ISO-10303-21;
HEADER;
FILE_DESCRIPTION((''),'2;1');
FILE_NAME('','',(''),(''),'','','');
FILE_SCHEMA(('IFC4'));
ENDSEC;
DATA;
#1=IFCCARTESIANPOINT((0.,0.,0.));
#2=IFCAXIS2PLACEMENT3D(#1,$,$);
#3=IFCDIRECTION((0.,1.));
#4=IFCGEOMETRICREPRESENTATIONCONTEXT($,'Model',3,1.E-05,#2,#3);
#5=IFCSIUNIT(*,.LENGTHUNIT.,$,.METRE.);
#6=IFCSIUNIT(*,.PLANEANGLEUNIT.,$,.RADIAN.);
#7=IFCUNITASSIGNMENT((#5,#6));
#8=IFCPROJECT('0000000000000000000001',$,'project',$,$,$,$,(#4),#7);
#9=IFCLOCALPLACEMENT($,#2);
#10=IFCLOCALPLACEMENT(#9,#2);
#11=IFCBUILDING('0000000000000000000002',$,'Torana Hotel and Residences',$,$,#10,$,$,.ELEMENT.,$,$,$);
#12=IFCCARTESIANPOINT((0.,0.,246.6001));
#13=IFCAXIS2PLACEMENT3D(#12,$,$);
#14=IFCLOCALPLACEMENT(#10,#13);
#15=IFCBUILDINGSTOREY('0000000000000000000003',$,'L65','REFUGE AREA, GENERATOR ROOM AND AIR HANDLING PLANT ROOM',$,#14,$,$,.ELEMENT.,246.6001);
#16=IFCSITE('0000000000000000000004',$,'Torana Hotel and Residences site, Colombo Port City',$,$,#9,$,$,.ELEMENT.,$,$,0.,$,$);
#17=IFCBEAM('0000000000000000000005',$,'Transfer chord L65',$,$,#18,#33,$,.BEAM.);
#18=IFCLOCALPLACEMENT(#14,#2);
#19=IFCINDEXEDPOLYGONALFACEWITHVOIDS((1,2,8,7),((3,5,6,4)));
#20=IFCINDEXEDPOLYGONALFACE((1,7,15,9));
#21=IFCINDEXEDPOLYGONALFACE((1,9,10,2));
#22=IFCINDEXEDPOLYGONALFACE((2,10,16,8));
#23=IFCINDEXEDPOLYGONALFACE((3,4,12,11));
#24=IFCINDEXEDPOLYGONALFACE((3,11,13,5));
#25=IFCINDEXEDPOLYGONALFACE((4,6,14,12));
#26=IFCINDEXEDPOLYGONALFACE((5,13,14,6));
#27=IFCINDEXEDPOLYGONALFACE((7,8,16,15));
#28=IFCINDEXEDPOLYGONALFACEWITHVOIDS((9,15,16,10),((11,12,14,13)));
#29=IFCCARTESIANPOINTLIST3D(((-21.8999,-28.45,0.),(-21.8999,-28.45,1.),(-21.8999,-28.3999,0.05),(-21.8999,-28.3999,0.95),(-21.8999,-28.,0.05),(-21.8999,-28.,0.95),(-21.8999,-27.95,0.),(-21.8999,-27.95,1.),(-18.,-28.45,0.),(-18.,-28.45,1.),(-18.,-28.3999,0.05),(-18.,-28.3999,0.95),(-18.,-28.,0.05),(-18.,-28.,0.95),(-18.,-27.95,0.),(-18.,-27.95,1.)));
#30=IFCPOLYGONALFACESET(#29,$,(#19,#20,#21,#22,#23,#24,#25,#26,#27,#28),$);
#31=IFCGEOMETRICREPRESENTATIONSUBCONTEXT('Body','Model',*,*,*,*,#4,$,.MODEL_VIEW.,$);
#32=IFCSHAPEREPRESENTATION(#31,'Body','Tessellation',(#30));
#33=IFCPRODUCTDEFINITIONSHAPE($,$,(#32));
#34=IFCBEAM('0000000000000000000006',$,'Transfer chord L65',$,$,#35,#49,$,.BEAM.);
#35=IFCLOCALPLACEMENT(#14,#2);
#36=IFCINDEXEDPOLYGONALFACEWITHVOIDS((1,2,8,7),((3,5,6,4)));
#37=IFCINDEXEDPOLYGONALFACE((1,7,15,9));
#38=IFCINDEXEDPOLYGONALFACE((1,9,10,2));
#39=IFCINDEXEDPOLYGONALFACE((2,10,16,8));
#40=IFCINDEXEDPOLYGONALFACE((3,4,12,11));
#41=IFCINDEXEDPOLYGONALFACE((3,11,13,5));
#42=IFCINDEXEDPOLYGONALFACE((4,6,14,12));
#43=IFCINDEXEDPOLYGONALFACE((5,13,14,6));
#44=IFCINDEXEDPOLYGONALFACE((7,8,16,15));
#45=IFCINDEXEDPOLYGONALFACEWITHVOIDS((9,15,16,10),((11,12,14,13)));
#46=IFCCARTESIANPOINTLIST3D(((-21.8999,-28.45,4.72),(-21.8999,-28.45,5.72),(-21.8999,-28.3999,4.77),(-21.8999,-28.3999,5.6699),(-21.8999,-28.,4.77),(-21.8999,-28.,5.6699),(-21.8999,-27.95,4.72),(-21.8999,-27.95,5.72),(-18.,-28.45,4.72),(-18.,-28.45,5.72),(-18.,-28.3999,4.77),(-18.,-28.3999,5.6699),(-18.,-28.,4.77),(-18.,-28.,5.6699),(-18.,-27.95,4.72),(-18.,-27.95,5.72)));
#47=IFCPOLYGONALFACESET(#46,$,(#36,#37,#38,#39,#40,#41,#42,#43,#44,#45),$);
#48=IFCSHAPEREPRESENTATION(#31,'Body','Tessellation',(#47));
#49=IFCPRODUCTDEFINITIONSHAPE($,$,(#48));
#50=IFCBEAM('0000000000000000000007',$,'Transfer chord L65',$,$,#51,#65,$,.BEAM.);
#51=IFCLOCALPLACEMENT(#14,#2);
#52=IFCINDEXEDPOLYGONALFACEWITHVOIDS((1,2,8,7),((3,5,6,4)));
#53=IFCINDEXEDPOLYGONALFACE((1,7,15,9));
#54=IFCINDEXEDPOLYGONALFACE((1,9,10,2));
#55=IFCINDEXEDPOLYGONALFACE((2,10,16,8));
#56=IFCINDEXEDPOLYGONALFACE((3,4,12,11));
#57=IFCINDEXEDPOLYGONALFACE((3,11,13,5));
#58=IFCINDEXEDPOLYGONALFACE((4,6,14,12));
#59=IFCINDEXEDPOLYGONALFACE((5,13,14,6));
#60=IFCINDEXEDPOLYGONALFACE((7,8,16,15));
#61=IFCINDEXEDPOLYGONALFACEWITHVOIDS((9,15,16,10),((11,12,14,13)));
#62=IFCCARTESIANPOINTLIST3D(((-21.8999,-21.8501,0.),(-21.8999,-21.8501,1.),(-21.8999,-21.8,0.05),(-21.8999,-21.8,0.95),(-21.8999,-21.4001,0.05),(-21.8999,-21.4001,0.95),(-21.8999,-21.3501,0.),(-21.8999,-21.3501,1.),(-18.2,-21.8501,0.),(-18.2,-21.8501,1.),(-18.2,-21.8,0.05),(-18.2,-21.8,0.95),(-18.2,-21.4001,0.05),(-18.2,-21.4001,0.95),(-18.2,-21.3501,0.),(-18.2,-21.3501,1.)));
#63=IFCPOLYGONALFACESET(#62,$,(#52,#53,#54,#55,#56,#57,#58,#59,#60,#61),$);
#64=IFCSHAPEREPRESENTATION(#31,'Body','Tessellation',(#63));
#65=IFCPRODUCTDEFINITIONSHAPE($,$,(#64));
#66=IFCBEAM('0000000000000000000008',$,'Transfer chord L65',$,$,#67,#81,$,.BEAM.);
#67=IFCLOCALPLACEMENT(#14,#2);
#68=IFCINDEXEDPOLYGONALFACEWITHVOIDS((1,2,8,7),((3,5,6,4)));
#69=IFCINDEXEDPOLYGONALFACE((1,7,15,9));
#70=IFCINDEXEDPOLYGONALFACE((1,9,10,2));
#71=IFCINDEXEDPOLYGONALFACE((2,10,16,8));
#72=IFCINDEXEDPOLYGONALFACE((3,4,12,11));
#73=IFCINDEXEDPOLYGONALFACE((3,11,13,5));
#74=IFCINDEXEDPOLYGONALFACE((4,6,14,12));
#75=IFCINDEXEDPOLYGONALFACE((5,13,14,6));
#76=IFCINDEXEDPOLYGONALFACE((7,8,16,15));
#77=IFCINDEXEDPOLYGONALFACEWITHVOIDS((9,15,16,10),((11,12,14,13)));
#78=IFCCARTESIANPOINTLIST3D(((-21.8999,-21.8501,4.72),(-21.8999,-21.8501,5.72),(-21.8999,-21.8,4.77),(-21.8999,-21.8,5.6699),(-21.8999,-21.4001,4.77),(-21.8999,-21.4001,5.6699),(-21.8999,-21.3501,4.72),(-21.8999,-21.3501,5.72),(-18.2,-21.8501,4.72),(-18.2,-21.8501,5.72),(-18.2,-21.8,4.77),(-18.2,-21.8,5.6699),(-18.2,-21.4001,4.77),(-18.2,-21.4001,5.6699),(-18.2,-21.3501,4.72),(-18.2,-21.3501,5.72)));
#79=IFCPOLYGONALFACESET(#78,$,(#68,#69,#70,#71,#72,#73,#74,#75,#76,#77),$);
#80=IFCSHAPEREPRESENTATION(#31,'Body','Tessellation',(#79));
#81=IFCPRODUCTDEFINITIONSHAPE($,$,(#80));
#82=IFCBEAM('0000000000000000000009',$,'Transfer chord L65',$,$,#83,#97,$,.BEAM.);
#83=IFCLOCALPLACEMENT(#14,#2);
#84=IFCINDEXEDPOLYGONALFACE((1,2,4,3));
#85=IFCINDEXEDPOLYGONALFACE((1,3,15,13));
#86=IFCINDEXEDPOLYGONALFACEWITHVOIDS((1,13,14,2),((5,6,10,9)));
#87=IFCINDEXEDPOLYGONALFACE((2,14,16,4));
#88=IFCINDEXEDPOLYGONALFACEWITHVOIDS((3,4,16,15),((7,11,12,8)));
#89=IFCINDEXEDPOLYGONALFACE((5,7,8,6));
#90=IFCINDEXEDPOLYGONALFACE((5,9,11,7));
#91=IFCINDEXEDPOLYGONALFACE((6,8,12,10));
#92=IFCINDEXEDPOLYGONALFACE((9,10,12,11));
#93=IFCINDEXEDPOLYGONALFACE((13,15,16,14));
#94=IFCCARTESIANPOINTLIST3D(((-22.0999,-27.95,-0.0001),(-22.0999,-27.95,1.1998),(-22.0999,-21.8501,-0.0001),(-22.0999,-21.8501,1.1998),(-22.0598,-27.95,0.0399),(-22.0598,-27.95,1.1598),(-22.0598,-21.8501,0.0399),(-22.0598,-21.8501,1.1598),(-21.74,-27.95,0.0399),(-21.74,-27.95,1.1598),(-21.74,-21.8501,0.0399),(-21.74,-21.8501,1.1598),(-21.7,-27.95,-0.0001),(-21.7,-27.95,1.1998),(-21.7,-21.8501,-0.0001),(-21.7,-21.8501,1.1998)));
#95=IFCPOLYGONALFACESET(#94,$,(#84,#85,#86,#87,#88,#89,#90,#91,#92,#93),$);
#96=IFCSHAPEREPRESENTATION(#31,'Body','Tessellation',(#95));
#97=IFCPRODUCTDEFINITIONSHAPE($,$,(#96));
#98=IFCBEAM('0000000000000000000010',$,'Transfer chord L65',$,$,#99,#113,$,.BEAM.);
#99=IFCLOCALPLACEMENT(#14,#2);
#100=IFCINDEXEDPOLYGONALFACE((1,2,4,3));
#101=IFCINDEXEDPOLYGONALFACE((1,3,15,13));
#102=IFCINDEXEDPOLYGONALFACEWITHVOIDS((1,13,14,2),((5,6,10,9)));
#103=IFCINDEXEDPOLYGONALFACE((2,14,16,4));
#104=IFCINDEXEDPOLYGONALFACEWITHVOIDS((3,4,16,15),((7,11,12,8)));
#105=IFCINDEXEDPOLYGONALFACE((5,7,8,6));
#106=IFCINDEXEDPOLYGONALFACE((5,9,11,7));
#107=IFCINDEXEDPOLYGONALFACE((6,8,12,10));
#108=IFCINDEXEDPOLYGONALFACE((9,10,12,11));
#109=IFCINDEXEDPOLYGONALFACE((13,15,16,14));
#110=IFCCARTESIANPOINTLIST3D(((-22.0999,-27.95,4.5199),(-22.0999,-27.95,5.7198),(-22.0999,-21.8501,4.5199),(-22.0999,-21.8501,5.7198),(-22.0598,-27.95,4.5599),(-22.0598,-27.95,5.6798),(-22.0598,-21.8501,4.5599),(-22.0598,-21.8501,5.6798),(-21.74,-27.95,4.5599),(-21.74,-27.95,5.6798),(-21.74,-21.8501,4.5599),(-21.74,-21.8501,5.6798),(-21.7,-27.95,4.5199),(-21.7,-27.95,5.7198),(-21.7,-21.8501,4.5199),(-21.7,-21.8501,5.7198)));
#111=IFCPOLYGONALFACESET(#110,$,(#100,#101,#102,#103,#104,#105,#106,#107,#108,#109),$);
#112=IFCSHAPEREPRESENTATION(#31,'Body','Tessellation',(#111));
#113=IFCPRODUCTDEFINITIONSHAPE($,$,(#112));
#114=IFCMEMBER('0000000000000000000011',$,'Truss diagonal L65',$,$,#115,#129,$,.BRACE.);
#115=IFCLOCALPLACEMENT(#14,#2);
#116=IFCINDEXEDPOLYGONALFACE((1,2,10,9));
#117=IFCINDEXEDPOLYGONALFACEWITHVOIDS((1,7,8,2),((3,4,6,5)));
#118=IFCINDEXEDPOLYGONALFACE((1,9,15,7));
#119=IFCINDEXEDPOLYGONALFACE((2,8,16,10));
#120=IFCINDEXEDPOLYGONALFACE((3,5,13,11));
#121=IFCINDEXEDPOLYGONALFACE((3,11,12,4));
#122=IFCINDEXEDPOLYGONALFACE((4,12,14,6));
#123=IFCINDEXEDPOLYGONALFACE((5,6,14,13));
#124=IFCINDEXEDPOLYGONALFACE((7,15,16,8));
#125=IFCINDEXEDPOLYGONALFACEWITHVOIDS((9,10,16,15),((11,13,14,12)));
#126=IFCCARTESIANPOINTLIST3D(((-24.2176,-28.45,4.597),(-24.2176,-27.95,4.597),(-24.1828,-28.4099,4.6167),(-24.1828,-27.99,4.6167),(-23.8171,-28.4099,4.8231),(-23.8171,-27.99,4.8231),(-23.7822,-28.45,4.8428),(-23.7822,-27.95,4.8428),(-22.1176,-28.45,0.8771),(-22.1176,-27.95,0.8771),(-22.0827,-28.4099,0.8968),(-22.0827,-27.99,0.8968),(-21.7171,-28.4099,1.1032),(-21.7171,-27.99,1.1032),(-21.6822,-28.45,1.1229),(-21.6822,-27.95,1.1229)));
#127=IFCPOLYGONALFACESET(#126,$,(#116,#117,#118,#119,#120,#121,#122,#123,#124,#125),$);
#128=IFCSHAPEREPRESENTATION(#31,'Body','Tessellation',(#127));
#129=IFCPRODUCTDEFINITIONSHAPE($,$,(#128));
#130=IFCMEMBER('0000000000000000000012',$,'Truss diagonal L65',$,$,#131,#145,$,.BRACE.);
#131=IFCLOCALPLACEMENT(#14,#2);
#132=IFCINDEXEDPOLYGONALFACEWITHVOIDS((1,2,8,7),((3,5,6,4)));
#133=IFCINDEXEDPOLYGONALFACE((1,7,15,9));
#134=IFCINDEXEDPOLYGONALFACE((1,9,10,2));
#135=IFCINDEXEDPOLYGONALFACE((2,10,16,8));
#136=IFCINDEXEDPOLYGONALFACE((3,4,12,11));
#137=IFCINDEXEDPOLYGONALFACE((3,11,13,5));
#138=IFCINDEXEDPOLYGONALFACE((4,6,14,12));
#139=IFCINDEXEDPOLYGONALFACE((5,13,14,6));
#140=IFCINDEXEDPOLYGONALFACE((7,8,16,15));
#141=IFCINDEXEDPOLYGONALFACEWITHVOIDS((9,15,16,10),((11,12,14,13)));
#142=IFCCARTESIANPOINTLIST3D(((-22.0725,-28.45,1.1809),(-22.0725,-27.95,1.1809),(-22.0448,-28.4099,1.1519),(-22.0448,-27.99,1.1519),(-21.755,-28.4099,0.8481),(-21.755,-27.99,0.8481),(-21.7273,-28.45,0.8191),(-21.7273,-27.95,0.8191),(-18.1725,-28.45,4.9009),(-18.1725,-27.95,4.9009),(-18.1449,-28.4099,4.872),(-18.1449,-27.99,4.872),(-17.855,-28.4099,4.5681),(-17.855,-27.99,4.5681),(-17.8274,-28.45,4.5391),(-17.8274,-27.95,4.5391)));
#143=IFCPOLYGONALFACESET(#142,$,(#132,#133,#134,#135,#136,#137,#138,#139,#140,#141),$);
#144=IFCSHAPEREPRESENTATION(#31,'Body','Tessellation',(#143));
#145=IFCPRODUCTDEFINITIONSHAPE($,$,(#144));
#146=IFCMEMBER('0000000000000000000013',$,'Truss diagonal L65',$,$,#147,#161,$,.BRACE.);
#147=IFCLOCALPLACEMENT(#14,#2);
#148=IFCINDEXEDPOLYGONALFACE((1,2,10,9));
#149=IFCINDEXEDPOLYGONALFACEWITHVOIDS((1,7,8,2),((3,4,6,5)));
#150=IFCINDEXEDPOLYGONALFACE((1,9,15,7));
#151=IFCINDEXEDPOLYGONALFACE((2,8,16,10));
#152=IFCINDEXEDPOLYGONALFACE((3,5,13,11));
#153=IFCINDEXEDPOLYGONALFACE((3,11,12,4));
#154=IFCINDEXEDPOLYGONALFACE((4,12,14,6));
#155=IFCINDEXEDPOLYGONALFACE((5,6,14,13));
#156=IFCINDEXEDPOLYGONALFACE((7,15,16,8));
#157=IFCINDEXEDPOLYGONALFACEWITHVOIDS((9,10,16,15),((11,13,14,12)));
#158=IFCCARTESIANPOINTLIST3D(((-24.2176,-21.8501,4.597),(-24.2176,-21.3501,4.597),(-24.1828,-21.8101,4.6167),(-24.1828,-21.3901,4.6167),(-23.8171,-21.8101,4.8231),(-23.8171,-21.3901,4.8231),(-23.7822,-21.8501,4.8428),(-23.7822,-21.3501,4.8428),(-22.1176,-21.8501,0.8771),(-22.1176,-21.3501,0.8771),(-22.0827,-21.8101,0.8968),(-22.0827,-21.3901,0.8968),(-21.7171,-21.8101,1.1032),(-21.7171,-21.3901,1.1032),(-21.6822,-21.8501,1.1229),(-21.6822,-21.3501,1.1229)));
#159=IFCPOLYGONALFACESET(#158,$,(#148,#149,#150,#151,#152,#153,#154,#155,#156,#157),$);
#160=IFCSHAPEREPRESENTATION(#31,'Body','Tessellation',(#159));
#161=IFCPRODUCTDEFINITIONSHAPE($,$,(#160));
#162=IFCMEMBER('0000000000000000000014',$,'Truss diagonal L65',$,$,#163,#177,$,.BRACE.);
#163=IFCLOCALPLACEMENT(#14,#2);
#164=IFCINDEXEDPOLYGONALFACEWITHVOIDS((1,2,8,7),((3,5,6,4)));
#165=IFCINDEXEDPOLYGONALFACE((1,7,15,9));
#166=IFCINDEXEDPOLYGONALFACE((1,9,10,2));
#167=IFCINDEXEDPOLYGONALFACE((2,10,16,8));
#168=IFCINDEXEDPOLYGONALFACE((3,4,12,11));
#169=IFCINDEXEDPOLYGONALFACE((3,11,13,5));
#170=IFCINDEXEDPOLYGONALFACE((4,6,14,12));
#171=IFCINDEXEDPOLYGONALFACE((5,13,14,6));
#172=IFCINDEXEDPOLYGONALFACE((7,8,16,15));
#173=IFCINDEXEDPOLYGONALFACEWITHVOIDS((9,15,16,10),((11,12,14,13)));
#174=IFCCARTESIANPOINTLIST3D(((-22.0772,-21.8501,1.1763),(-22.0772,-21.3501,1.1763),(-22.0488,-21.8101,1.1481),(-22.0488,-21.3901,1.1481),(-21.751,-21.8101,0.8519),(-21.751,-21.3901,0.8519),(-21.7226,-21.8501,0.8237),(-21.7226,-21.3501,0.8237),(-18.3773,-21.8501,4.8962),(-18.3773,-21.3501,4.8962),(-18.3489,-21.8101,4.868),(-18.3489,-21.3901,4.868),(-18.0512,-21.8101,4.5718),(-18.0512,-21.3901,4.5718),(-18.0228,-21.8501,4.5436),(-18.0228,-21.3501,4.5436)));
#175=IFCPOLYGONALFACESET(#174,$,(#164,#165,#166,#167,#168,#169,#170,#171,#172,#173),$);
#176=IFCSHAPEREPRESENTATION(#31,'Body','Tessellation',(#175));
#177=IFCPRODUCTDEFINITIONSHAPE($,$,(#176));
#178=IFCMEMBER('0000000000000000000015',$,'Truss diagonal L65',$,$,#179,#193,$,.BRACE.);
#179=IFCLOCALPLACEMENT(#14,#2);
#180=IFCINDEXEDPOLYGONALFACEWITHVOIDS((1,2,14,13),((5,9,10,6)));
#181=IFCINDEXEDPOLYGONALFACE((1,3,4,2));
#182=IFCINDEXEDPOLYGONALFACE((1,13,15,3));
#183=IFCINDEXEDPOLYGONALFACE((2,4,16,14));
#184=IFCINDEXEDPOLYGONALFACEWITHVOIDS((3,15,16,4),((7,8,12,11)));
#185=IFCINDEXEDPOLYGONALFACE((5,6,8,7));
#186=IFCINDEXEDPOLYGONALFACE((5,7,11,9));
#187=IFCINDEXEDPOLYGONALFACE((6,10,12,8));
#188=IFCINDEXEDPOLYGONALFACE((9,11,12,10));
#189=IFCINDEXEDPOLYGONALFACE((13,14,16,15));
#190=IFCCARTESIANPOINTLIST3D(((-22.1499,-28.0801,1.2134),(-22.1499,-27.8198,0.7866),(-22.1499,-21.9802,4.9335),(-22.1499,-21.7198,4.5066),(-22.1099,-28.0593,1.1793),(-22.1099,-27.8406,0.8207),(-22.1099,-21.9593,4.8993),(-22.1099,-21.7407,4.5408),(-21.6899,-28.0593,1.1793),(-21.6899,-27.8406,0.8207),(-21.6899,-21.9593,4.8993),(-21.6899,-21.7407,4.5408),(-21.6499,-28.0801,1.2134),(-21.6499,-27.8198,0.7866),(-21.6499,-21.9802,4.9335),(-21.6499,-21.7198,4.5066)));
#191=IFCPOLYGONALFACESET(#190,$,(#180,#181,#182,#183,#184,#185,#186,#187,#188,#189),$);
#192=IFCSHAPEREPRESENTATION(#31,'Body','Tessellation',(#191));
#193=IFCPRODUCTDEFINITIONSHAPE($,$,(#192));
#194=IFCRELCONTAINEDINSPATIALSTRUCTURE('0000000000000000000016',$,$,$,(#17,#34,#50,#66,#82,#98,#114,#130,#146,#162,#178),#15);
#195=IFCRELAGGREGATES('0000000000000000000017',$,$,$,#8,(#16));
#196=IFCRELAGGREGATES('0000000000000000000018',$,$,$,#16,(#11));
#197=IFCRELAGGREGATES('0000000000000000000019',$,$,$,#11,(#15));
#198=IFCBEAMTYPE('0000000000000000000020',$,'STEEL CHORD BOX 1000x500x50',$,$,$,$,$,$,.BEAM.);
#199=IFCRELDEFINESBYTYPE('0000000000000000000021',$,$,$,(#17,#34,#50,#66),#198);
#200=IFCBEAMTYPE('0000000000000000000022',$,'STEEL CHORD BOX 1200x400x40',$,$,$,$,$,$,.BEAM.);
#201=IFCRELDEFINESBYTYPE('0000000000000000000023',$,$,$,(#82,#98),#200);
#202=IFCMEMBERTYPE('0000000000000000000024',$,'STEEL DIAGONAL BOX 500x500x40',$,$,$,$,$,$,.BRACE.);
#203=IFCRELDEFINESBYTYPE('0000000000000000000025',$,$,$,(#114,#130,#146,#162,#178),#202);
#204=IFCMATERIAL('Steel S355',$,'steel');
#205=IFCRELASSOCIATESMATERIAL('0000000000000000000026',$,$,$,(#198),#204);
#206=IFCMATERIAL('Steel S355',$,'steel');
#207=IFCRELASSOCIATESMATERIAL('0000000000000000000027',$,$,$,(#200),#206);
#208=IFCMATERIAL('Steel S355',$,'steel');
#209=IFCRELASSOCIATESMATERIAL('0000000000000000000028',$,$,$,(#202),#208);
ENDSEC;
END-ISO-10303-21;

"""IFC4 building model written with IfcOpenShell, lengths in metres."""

from ifc_helpers import new_model, si_unit, direction, frame, origin, origin_2d, place, context, subcontext, project, spatial, hollow_rectangle, extrude, material, material_profile, profile_set, type_object, element, save


model = new_model("IFC4")

# Units and contexts
model_context = context("Model", 3, precision=1e-05, world=origin(), true_north=direction((0.0, 1.0)))
body_context = subcontext(model_context, "Body", "Model", "MODEL_VIEW")
ifc_project = project(units=[si_unit("LENGTHUNIT", "METRE"), si_unit("PLANEANGLEUNIT", "RADIAN")], contexts=[model_context])

# Site, building, storey
site_placement = place(None, origin())
site = spatial("IfcSite", under=ifc_project, at=site_placement, Name="Torana Hotel and Residences site, Colombo Port City", CompositionType="ELEMENT", RefElevation=0.0)
building_placement = place(site_placement, origin())
building = spatial("IfcBuilding", under=site, at=building_placement, Name="Torana Hotel and Residences", CompositionType="ELEMENT")
storey_placement = place(building_placement, frame((0.0, 0.0, 246.6001)))
storey = spatial("IfcBuildingStorey", under=building, at=storey_placement, Name="L65", Description="REFUGE AREA, GENERATOR ROOM AND AIR HANDLING PLANT ROOM", CompositionType="ELEMENT", Elevation=246.6001)

# Beams
ifc_material_1 = material(Name="Steel S355", Category="steel")
ifc_material_profile_1 = material_profile(ifc_material_1, hollow_rectangle(XDim=0.5, YDim=1.0, WallThickness=0.05, at=origin_2d()), Name="BOX 1000x500x50")
ifc_profile_set_1 = profile_set([ifc_material_profile_1], Name="Steel S355")
beam_type_1 = type_object("IfcBeamType", Name="STEEL CHORD BOX 1000x500x50", PredefinedType="BEAM", material=ifc_profile_set_1)
for number, where, z_axis, x_axis, name in (
    (1, (-21.8999, -28.2, 0.5), (1.0, 0.0, 0.0), (0.0, 1.0, 0.0), "Transfer chord L65"),
    (2, (-21.8999, -28.2, 5.22), (1.0, 0.0, 0.0), (0.0, 1.0, 0.0), "Transfer chord L65"),
):
    element("IfcBeam", number, at=place(storey_placement, frame(where, z_axis=z_axis, x_axis=x_axis)), inside=storey, type_object=beam_type_1, Name=name, PredefinedType="BEAM", context=body_context, shape_type="SweptSolid", body=[
        extrude(hollow_rectangle(XDim=0.5, YDim=1.0, WallThickness=0.05, at=origin_2d()), origin(), (0.0, 0.0, 1.0), 3.8999),
    ])
for number, where, z_axis, x_axis, name in (
    (3, (-21.8999, -21.6001, 0.5), (1.0, 0.0, 0.0), (0.0, 1.0, 0.0), "Transfer chord L65"),
    (4, (-21.8999, -21.6001, 5.22), (1.0, 0.0, 0.0), (0.0, 1.0, 0.0), "Transfer chord L65"),
):
    element("IfcBeam", number, at=place(storey_placement, frame(where, z_axis=z_axis, x_axis=x_axis)), inside=storey, type_object=beam_type_1, Name=name, PredefinedType="BEAM", context=body_context, shape_type="SweptSolid", body=[
        extrude(hollow_rectangle(XDim=0.5, YDim=1.0, WallThickness=0.05, at=origin_2d()), origin(), (0.0, 0.0, 1.0), 3.7),
    ])
ifc_material_2 = material(Name="Steel S355", Category="steel")
ifc_material_profile_2 = material_profile(ifc_material_2, hollow_rectangle(XDim=0.3999, YDim=1.2, WallThickness=0.04, at=origin_2d()), Name="BOX 1200x400x40")
ifc_profile_set_2 = profile_set([ifc_material_profile_2], Name="Steel S355")
beam_type_2 = type_object("IfcBeamType", Name="STEEL CHORD BOX 1200x400x40", PredefinedType="BEAM", material=ifc_profile_set_2)
for number, where, z_axis, x_axis, name in (
    (5, (-21.8999, -27.95, 0.5999), (0.0, 1.0, 0.0), (-1.0, 0.0, 0.0), "Transfer chord L65"),
    (6, (-21.8999, -27.95, 5.1199), (0.0, 1.0, 0.0), (-1.0, 0.0, 0.0), "Transfer chord L65"),
):
    element("IfcBeam", number, at=place(storey_placement, frame(where, z_axis=z_axis, x_axis=x_axis)), inside=storey, type_object=beam_type_2, Name=name, PredefinedType="BEAM", context=body_context, shape_type="SweptSolid", body=[
        extrude(hollow_rectangle(XDim=0.3999, YDim=1.2, WallThickness=0.04, at=origin_2d()), origin(), (0.0, 0.0, 1.0), 6.0999),
    ])

# Members
ifc_material_3 = material(Name="Steel S355", Category="steel")
ifc_material_profile_3 = material_profile(ifc_material_3, hollow_rectangle(XDim=0.5, YDim=0.5, WallThickness=0.04, at=origin_2d()), Name="BOX 500x500x40")
ifc_profile_set_3 = profile_set([ifc_material_profile_3], Name="Steel S355")
member_type_1 = type_object("IfcMemberType", Name="STEEL DIAGONAL BOX 500x500x40", PredefinedType="BRACE", material=ifc_profile_set_3)
member_1_placement = place(storey_placement, frame((-21.8999, -28.2, 1.0), z_axis=(-0.491615, 0.0, 0.870813), x_axis=(0.0, -1.0, 0.0)))
element("IfcMember", 7, at=member_1_placement, inside=storey, type_object=member_type_1, Name="Truss diagonal L65", PredefinedType="BRACE", context=body_context, shape_type="SweptSolid", body=[
    extrude(hollow_rectangle(XDim=0.5, YDim=0.5, WallThickness=0.04, at=origin_2d()), origin(), (0.0, 0.0, 1.0), 4.2717),
])
member_2_placement = place(storey_placement, frame((-21.8999, -28.2, 1.0), z_axis=(0.723602, 0.0, 0.690217), x_axis=(0.0, 1.0, 0.0)))
element("IfcMember", 8, at=member_2_placement, inside=storey, type_object=member_type_1, Name="Truss diagonal L65", PredefinedType="BRACE", context=body_context, shape_type="SweptSolid", body=[
    extrude(hollow_rectangle(XDim=0.5, YDim=0.5, WallThickness=0.04, at=origin_2d()), origin(), (0.0, 0.0, 1.0), 5.3896),
])
member_3_placement = place(storey_placement, frame((-21.8999, -21.6001, 1.0), z_axis=(-0.491615, 0.0, 0.870813), x_axis=(0.0, -1.0, 0.0)))
element("IfcMember", 9, at=member_3_placement, inside=storey, type_object=member_type_1, Name="Truss diagonal L65", PredefinedType="BRACE", context=body_context, shape_type="SweptSolid", body=[
    extrude(hollow_rectangle(XDim=0.5, YDim=0.5, WallThickness=0.04, at=origin_2d()), origin(), (0.0, 0.0, 1.0), 4.2717),
])
member_4_placement = place(storey_placement, frame((-21.8999, -21.6001, 1.0), z_axis=(0.705196, 0.0, 0.709012), x_axis=(0.0, 1.0, 0.0)))
element("IfcMember", 10, at=member_4_placement, inside=storey, type_object=member_type_1, Name="Truss diagonal L65", PredefinedType="BRACE", context=body_context, shape_type="SweptSolid", body=[
    extrude(hollow_rectangle(XDim=0.5, YDim=0.5, WallThickness=0.04, at=origin_2d()), origin(), (0.0, 0.0, 1.0), 5.2466),
])
for number, where, z_axis, x_axis, name in (
    (11, (-21.8999, -27.95, 1.0), (0.0, 0.853762, 0.520663), (-1.0, 0.0, 0.0), "Truss diagonal L65"),
):
    element("IfcMember", number, at=place(storey_placement, frame(where, z_axis=z_axis, x_axis=x_axis)), inside=storey, type_object=member_type_1, Name=name, PredefinedType="BRACE", context=body_context, shape_type="SweptSolid", body=[
        extrude(hollow_rectangle(XDim=0.5, YDim=0.5, WallThickness=0.04, at=origin_2d()), origin(), (0.0, 0.0, 1.0), 7.1448),
    ])

save(model, "model.ifc")
